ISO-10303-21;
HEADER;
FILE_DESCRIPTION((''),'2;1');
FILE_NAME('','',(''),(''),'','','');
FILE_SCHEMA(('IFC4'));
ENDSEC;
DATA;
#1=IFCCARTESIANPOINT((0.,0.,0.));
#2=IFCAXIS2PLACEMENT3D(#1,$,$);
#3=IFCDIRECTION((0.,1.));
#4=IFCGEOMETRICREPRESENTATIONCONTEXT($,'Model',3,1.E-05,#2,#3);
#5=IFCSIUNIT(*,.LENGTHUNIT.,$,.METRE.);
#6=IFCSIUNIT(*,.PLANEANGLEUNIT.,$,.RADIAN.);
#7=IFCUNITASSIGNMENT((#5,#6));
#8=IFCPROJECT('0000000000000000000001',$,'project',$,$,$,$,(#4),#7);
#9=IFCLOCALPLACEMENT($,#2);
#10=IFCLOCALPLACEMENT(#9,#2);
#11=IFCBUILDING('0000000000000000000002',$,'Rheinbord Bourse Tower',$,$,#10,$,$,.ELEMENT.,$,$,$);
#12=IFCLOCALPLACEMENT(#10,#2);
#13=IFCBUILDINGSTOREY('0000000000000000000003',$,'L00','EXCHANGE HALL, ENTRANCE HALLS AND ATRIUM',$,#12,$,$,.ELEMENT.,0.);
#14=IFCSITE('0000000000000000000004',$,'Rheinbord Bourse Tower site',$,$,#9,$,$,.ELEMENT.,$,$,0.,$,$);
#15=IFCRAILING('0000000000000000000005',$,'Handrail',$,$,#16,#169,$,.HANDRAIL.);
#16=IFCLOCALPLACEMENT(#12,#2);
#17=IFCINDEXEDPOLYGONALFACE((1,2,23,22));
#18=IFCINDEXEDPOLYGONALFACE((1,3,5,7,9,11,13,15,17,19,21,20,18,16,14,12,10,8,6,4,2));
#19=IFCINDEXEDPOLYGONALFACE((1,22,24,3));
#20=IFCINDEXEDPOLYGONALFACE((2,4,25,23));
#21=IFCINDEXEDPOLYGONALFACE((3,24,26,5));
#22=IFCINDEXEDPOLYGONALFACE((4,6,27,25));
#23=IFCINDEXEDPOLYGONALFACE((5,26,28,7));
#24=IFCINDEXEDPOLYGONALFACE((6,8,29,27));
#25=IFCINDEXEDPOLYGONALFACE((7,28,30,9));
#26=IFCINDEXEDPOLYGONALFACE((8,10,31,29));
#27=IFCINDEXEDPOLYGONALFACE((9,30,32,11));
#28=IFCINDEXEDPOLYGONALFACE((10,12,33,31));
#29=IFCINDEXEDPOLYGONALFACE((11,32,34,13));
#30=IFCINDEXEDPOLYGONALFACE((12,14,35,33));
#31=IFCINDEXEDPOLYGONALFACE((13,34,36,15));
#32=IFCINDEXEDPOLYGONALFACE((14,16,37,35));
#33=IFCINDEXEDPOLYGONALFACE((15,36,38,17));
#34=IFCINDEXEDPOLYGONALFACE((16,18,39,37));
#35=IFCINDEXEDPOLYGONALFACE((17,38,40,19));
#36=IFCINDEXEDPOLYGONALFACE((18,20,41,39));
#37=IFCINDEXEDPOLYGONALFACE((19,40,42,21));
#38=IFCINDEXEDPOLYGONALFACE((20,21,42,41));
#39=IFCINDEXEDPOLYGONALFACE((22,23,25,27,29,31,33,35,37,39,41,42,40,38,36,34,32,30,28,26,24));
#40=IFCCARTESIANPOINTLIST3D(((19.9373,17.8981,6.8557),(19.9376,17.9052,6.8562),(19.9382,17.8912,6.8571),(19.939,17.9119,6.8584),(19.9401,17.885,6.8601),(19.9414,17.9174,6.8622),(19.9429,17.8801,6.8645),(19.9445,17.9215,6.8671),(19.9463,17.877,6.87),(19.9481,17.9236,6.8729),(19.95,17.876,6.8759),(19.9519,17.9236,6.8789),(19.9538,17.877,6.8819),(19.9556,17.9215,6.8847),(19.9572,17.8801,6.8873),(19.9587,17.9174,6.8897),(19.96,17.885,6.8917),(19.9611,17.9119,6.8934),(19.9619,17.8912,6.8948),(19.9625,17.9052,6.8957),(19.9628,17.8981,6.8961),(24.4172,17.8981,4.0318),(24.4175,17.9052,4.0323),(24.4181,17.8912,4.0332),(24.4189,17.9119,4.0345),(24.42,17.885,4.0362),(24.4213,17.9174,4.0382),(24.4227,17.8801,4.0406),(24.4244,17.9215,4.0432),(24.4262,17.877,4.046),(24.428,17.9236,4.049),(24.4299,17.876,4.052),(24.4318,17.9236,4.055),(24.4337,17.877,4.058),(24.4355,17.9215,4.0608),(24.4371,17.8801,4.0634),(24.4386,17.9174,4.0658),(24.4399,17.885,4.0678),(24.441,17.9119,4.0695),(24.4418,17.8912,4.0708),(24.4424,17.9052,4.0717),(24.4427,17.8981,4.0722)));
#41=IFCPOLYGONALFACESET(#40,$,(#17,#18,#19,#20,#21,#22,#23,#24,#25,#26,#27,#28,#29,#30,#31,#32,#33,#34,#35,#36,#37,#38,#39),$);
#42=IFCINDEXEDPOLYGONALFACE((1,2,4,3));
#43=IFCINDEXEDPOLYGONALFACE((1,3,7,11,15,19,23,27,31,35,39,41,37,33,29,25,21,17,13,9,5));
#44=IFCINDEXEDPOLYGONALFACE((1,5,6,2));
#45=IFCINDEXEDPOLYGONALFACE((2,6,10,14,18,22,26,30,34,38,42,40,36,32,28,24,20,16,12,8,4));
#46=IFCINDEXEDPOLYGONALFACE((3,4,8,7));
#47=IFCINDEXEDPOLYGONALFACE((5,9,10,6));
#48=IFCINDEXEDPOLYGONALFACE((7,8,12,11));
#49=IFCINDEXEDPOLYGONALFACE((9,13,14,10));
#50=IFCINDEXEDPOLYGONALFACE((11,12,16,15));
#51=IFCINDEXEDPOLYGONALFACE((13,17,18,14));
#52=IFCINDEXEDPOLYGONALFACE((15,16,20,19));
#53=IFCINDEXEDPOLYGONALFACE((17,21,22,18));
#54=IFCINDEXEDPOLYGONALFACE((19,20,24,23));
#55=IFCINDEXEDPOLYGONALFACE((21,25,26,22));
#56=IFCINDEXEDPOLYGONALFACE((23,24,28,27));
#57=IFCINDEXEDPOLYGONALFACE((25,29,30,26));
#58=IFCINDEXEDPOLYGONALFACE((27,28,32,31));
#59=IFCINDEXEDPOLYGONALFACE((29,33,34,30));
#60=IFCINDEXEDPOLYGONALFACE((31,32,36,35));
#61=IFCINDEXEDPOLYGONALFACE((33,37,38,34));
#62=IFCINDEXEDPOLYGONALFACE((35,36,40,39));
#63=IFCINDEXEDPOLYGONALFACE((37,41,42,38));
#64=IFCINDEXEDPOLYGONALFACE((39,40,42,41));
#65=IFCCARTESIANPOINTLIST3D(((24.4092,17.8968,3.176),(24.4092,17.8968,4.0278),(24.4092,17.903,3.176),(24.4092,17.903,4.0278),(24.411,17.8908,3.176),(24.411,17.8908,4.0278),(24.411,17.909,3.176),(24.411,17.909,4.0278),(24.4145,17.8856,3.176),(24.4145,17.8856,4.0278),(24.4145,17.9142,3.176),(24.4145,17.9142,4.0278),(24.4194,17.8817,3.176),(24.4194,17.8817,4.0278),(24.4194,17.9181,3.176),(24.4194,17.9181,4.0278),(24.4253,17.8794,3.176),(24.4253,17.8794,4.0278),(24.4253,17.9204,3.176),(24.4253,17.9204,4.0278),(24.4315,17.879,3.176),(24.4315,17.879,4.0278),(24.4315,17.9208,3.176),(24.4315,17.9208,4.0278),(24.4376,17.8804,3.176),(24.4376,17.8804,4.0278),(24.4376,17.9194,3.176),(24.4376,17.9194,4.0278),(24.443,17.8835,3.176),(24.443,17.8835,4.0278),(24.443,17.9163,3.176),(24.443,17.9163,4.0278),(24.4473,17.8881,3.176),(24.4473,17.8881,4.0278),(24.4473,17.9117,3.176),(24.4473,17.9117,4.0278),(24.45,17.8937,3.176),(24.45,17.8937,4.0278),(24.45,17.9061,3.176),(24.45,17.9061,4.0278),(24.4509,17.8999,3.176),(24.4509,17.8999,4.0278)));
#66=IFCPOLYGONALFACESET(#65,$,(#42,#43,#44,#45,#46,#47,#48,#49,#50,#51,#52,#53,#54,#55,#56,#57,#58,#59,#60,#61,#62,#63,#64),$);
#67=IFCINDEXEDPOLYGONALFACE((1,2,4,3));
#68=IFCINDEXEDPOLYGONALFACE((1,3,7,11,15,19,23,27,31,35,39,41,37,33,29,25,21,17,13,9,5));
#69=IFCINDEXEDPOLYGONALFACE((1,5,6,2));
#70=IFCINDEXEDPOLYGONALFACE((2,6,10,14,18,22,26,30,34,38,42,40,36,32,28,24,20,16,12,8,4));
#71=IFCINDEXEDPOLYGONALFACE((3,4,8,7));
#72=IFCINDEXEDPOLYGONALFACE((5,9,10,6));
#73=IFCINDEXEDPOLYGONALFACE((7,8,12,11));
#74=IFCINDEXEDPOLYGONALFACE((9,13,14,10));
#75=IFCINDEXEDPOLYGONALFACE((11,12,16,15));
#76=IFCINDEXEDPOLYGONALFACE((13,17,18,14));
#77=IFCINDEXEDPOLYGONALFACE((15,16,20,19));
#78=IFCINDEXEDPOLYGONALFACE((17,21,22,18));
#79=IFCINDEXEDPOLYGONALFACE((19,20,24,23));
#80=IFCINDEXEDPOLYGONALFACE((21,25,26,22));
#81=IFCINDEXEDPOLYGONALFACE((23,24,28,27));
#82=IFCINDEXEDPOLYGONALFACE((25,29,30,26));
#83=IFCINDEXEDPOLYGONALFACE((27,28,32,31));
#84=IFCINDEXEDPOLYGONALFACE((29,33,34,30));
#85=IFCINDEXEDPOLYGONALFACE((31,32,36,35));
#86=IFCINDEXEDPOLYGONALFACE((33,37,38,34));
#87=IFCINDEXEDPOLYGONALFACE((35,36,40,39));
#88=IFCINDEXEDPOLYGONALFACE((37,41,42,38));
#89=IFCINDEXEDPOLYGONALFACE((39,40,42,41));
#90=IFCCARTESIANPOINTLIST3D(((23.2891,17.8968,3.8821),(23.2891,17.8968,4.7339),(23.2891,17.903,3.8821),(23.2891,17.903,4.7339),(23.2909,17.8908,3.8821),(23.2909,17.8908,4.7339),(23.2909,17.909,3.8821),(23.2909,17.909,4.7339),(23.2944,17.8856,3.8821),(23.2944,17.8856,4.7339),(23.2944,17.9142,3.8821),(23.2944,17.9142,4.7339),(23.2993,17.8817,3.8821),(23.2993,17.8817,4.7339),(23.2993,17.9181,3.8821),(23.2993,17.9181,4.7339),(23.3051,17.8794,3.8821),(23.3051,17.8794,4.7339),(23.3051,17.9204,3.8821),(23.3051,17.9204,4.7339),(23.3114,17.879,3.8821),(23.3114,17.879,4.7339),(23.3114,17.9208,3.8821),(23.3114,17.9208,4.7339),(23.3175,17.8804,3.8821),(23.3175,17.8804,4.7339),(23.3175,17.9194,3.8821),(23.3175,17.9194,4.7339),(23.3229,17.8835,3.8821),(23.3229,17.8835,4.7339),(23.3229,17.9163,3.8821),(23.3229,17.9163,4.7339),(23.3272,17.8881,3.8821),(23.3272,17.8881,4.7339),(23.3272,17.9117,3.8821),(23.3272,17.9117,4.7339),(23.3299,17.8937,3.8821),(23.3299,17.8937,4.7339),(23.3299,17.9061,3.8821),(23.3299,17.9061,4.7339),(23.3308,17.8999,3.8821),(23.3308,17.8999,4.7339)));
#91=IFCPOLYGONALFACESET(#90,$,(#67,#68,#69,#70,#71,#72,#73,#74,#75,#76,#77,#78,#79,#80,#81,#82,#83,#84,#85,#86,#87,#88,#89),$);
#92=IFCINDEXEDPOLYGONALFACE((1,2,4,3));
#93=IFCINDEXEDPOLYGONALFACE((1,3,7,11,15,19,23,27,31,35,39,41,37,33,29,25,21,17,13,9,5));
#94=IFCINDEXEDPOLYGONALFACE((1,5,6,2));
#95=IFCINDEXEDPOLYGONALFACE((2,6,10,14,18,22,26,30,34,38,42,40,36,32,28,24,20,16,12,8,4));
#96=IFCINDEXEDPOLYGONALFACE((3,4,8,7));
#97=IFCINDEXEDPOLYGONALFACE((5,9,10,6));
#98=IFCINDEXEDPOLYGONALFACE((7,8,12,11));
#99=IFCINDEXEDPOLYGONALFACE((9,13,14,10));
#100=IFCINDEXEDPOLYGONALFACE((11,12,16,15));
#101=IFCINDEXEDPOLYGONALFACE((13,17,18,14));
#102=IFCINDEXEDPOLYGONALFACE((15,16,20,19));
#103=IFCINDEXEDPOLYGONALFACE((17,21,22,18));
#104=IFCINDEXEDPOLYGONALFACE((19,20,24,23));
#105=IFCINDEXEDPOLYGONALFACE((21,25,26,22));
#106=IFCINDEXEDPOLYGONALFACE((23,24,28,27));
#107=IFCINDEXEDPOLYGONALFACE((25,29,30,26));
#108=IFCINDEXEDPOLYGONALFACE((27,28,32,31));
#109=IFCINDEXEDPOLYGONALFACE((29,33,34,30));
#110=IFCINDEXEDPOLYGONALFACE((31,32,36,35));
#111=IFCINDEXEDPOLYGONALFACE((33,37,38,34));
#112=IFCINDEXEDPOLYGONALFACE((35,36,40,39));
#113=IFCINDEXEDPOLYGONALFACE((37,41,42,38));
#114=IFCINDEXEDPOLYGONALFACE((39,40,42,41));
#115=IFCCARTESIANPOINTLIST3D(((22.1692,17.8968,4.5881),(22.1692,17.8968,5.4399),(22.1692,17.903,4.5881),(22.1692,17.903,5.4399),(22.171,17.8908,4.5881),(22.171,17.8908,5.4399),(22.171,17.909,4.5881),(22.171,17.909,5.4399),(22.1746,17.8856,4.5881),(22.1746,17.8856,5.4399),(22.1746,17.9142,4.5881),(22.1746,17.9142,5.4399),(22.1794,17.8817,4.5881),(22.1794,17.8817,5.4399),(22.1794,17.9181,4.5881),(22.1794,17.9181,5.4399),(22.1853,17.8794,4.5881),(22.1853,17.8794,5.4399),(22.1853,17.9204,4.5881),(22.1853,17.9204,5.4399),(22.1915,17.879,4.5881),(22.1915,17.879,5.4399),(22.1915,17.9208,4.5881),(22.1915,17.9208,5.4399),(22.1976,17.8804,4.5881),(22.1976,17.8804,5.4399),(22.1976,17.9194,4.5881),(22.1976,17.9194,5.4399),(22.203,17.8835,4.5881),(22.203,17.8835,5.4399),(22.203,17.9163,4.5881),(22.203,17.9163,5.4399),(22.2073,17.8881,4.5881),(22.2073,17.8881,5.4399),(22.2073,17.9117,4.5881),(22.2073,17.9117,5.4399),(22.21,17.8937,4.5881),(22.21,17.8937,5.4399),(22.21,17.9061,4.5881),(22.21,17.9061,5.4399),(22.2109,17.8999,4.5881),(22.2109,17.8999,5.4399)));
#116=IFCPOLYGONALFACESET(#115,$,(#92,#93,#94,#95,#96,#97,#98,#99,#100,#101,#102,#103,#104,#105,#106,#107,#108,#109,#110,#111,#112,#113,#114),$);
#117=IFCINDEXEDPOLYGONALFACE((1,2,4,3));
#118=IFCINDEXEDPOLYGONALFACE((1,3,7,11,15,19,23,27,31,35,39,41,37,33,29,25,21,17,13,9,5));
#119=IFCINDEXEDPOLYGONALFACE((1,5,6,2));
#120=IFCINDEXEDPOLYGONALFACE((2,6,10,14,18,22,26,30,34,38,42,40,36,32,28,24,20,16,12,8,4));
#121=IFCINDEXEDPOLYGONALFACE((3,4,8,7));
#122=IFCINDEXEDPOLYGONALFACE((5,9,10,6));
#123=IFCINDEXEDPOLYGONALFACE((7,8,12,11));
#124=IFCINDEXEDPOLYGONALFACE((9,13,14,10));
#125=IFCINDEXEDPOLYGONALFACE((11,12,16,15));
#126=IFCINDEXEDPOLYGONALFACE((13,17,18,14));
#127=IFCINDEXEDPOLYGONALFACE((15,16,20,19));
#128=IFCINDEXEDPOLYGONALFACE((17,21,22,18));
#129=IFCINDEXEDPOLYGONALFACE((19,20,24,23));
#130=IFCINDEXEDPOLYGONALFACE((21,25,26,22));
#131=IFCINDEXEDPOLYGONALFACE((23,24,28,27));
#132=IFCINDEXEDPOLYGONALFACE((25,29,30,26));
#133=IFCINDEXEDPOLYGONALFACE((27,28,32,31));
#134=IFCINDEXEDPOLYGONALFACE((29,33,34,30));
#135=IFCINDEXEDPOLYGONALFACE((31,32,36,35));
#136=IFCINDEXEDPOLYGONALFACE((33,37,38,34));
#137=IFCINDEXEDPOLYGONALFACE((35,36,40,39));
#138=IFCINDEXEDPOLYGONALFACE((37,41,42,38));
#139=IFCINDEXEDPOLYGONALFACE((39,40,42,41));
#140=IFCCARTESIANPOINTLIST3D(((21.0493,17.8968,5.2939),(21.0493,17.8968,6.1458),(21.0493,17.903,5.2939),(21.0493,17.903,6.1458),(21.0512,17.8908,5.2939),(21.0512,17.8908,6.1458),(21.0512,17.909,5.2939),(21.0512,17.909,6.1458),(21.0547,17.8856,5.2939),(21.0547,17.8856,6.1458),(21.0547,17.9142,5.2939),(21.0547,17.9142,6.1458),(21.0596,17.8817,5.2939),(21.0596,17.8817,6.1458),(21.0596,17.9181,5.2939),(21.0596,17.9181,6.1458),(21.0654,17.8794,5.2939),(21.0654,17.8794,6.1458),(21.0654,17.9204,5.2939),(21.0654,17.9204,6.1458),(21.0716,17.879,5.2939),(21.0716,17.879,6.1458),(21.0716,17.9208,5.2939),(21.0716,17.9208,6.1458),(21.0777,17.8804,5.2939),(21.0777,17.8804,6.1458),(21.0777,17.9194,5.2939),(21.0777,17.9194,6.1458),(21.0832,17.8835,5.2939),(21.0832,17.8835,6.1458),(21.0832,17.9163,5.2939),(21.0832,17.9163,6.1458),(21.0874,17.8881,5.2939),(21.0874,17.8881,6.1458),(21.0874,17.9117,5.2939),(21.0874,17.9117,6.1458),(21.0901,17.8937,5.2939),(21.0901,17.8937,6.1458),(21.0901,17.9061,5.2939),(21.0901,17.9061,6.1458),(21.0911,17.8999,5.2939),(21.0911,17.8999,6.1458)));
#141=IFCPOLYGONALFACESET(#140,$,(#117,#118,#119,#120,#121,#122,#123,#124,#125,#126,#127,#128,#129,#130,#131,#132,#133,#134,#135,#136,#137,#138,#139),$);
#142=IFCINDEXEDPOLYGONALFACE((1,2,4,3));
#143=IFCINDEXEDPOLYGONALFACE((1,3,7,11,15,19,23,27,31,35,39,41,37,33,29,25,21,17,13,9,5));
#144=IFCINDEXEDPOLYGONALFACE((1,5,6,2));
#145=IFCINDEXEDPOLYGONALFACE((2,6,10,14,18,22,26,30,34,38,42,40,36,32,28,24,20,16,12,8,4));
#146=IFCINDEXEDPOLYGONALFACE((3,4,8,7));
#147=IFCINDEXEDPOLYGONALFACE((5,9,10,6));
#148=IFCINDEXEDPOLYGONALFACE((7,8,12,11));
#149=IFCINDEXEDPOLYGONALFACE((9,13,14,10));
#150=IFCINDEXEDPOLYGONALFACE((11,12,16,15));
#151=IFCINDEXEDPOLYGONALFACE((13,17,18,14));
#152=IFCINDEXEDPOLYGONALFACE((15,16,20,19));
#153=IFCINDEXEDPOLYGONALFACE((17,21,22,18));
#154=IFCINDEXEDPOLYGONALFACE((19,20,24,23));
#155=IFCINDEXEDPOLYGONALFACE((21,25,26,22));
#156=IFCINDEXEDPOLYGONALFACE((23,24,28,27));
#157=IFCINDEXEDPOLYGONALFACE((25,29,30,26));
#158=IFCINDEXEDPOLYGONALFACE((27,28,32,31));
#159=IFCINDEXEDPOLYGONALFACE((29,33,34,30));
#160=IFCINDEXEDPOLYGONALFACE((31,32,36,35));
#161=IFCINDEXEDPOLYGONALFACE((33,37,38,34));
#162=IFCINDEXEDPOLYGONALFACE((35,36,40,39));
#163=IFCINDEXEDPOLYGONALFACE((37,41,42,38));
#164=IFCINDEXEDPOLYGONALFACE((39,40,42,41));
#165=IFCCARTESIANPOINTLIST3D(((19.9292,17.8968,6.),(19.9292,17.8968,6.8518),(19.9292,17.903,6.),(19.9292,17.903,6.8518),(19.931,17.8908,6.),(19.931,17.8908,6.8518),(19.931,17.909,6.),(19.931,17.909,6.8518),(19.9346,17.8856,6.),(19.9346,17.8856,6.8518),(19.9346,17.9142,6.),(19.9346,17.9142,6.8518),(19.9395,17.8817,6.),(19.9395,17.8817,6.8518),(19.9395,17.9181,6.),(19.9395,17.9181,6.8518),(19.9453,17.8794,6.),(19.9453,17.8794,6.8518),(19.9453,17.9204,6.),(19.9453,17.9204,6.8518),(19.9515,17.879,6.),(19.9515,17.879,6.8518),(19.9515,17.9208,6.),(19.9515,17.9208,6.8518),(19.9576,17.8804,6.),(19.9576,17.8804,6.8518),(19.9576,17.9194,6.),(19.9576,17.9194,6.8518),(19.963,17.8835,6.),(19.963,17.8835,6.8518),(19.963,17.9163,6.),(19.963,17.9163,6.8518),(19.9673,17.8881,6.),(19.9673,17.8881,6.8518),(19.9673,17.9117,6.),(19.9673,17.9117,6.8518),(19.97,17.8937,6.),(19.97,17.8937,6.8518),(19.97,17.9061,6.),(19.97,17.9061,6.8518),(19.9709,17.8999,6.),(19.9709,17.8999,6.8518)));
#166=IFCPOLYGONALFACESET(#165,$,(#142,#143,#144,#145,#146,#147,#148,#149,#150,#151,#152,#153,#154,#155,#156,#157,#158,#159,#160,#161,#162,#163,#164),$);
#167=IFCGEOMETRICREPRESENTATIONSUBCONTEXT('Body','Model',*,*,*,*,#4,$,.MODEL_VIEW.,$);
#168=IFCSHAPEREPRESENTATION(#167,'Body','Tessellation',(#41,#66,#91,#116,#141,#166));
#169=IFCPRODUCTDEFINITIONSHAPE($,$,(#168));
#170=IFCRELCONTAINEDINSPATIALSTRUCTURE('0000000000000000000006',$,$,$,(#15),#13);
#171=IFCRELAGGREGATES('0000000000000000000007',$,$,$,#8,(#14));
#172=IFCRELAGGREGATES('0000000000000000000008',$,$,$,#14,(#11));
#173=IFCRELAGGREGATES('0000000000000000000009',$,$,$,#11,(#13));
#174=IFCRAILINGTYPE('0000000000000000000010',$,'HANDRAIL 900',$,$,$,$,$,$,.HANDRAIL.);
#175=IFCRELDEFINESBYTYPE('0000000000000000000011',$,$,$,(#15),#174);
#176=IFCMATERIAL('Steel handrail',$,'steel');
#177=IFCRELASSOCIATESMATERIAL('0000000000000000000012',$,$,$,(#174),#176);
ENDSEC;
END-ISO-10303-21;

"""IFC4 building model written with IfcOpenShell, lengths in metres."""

from ifc_helpers import new_model, si_unit, direction, frame, origin, origin_2d, place, context, subcontext, project, spatial, circle, extrude, material, type_object, element, save


model = new_model("IFC4")

# Units and contexts
model_context = context("Model", 3, precision=1e-05, world=origin(), true_north=direction((0.0, 1.0)))
body_context = subcontext(model_context, "Body", "Model", "MODEL_VIEW")
ifc_project = project(units=[si_unit("LENGTHUNIT", "METRE"), si_unit("PLANEANGLEUNIT", "RADIAN")], contexts=[model_context])

# Site, building, storey
site_placement = place(None, origin())
site = spatial("IfcSite", under=ifc_project, at=site_placement, Name="Rheinbord Bourse Tower site", CompositionType="ELEMENT", RefElevation=0.0)
building_placement = place(site_placement, origin())
building = spatial("IfcBuilding", under=site, at=building_placement, Name="Rheinbord Bourse Tower", CompositionType="ELEMENT")
storey_placement = place(building_placement, origin())
storey = spatial("IfcBuildingStorey", under=building, at=storey_placement, Name="L00", Description="EXCHANGE HALL, ENTRANCE HALLS AND ATRIUM", CompositionType="ELEMENT", Elevation=0.0)

# Railing
ifc_material_1 = material(Name="Steel handrail", Category="steel")
railing_type = type_object("IfcRailingType", Name="HANDRAIL 900", PredefinedType="HANDRAIL", material=ifc_material_1)
railing_1_placement = place(storey_placement, frame((24.4299, 17.8999, 3.176)))
element("IfcRailing", 1, at=railing_1_placement, inside=storey, type_object=railing_type, Name="Handrail", PredefinedType="HANDRAIL", context=body_context, shape_type="SweptSolid", body=[
    extrude(circle(Radius=0.0239, at=origin_2d()), frame((0.0, 0.0, 0.876), z_axis=(-0.845956, 0.0, 0.533252), x_axis=(0.0, -1.0, 0.0)), (0.0, 0.0, 1.0), 5.2957),
    extrude(circle(Radius=0.021, at=origin_2d()), origin(), (0.0, 0.0, 1.0), 0.8518),
    extrude(circle(Radius=0.021, at=origin_2d()), frame((-1.1201, 0.0, 0.7061)), (0.0, 0.0, 1.0), 0.8518),
    extrude(circle(Radius=0.021, at=origin_2d()), frame((-2.24, 0.0, 1.4121)), (0.0, 0.0, 1.0), 0.8518),
    extrude(circle(Radius=0.021, at=origin_2d()), frame((-3.3599, 0.0, 2.1179)), (0.0, 0.0, 1.0), 0.8518),
    extrude(circle(Radius=0.021, at=origin_2d()), frame((-4.48, 0.0, 2.824)), (0.0, 0.0, 1.0), 0.8518),
])

save(model, "model.ifc")
